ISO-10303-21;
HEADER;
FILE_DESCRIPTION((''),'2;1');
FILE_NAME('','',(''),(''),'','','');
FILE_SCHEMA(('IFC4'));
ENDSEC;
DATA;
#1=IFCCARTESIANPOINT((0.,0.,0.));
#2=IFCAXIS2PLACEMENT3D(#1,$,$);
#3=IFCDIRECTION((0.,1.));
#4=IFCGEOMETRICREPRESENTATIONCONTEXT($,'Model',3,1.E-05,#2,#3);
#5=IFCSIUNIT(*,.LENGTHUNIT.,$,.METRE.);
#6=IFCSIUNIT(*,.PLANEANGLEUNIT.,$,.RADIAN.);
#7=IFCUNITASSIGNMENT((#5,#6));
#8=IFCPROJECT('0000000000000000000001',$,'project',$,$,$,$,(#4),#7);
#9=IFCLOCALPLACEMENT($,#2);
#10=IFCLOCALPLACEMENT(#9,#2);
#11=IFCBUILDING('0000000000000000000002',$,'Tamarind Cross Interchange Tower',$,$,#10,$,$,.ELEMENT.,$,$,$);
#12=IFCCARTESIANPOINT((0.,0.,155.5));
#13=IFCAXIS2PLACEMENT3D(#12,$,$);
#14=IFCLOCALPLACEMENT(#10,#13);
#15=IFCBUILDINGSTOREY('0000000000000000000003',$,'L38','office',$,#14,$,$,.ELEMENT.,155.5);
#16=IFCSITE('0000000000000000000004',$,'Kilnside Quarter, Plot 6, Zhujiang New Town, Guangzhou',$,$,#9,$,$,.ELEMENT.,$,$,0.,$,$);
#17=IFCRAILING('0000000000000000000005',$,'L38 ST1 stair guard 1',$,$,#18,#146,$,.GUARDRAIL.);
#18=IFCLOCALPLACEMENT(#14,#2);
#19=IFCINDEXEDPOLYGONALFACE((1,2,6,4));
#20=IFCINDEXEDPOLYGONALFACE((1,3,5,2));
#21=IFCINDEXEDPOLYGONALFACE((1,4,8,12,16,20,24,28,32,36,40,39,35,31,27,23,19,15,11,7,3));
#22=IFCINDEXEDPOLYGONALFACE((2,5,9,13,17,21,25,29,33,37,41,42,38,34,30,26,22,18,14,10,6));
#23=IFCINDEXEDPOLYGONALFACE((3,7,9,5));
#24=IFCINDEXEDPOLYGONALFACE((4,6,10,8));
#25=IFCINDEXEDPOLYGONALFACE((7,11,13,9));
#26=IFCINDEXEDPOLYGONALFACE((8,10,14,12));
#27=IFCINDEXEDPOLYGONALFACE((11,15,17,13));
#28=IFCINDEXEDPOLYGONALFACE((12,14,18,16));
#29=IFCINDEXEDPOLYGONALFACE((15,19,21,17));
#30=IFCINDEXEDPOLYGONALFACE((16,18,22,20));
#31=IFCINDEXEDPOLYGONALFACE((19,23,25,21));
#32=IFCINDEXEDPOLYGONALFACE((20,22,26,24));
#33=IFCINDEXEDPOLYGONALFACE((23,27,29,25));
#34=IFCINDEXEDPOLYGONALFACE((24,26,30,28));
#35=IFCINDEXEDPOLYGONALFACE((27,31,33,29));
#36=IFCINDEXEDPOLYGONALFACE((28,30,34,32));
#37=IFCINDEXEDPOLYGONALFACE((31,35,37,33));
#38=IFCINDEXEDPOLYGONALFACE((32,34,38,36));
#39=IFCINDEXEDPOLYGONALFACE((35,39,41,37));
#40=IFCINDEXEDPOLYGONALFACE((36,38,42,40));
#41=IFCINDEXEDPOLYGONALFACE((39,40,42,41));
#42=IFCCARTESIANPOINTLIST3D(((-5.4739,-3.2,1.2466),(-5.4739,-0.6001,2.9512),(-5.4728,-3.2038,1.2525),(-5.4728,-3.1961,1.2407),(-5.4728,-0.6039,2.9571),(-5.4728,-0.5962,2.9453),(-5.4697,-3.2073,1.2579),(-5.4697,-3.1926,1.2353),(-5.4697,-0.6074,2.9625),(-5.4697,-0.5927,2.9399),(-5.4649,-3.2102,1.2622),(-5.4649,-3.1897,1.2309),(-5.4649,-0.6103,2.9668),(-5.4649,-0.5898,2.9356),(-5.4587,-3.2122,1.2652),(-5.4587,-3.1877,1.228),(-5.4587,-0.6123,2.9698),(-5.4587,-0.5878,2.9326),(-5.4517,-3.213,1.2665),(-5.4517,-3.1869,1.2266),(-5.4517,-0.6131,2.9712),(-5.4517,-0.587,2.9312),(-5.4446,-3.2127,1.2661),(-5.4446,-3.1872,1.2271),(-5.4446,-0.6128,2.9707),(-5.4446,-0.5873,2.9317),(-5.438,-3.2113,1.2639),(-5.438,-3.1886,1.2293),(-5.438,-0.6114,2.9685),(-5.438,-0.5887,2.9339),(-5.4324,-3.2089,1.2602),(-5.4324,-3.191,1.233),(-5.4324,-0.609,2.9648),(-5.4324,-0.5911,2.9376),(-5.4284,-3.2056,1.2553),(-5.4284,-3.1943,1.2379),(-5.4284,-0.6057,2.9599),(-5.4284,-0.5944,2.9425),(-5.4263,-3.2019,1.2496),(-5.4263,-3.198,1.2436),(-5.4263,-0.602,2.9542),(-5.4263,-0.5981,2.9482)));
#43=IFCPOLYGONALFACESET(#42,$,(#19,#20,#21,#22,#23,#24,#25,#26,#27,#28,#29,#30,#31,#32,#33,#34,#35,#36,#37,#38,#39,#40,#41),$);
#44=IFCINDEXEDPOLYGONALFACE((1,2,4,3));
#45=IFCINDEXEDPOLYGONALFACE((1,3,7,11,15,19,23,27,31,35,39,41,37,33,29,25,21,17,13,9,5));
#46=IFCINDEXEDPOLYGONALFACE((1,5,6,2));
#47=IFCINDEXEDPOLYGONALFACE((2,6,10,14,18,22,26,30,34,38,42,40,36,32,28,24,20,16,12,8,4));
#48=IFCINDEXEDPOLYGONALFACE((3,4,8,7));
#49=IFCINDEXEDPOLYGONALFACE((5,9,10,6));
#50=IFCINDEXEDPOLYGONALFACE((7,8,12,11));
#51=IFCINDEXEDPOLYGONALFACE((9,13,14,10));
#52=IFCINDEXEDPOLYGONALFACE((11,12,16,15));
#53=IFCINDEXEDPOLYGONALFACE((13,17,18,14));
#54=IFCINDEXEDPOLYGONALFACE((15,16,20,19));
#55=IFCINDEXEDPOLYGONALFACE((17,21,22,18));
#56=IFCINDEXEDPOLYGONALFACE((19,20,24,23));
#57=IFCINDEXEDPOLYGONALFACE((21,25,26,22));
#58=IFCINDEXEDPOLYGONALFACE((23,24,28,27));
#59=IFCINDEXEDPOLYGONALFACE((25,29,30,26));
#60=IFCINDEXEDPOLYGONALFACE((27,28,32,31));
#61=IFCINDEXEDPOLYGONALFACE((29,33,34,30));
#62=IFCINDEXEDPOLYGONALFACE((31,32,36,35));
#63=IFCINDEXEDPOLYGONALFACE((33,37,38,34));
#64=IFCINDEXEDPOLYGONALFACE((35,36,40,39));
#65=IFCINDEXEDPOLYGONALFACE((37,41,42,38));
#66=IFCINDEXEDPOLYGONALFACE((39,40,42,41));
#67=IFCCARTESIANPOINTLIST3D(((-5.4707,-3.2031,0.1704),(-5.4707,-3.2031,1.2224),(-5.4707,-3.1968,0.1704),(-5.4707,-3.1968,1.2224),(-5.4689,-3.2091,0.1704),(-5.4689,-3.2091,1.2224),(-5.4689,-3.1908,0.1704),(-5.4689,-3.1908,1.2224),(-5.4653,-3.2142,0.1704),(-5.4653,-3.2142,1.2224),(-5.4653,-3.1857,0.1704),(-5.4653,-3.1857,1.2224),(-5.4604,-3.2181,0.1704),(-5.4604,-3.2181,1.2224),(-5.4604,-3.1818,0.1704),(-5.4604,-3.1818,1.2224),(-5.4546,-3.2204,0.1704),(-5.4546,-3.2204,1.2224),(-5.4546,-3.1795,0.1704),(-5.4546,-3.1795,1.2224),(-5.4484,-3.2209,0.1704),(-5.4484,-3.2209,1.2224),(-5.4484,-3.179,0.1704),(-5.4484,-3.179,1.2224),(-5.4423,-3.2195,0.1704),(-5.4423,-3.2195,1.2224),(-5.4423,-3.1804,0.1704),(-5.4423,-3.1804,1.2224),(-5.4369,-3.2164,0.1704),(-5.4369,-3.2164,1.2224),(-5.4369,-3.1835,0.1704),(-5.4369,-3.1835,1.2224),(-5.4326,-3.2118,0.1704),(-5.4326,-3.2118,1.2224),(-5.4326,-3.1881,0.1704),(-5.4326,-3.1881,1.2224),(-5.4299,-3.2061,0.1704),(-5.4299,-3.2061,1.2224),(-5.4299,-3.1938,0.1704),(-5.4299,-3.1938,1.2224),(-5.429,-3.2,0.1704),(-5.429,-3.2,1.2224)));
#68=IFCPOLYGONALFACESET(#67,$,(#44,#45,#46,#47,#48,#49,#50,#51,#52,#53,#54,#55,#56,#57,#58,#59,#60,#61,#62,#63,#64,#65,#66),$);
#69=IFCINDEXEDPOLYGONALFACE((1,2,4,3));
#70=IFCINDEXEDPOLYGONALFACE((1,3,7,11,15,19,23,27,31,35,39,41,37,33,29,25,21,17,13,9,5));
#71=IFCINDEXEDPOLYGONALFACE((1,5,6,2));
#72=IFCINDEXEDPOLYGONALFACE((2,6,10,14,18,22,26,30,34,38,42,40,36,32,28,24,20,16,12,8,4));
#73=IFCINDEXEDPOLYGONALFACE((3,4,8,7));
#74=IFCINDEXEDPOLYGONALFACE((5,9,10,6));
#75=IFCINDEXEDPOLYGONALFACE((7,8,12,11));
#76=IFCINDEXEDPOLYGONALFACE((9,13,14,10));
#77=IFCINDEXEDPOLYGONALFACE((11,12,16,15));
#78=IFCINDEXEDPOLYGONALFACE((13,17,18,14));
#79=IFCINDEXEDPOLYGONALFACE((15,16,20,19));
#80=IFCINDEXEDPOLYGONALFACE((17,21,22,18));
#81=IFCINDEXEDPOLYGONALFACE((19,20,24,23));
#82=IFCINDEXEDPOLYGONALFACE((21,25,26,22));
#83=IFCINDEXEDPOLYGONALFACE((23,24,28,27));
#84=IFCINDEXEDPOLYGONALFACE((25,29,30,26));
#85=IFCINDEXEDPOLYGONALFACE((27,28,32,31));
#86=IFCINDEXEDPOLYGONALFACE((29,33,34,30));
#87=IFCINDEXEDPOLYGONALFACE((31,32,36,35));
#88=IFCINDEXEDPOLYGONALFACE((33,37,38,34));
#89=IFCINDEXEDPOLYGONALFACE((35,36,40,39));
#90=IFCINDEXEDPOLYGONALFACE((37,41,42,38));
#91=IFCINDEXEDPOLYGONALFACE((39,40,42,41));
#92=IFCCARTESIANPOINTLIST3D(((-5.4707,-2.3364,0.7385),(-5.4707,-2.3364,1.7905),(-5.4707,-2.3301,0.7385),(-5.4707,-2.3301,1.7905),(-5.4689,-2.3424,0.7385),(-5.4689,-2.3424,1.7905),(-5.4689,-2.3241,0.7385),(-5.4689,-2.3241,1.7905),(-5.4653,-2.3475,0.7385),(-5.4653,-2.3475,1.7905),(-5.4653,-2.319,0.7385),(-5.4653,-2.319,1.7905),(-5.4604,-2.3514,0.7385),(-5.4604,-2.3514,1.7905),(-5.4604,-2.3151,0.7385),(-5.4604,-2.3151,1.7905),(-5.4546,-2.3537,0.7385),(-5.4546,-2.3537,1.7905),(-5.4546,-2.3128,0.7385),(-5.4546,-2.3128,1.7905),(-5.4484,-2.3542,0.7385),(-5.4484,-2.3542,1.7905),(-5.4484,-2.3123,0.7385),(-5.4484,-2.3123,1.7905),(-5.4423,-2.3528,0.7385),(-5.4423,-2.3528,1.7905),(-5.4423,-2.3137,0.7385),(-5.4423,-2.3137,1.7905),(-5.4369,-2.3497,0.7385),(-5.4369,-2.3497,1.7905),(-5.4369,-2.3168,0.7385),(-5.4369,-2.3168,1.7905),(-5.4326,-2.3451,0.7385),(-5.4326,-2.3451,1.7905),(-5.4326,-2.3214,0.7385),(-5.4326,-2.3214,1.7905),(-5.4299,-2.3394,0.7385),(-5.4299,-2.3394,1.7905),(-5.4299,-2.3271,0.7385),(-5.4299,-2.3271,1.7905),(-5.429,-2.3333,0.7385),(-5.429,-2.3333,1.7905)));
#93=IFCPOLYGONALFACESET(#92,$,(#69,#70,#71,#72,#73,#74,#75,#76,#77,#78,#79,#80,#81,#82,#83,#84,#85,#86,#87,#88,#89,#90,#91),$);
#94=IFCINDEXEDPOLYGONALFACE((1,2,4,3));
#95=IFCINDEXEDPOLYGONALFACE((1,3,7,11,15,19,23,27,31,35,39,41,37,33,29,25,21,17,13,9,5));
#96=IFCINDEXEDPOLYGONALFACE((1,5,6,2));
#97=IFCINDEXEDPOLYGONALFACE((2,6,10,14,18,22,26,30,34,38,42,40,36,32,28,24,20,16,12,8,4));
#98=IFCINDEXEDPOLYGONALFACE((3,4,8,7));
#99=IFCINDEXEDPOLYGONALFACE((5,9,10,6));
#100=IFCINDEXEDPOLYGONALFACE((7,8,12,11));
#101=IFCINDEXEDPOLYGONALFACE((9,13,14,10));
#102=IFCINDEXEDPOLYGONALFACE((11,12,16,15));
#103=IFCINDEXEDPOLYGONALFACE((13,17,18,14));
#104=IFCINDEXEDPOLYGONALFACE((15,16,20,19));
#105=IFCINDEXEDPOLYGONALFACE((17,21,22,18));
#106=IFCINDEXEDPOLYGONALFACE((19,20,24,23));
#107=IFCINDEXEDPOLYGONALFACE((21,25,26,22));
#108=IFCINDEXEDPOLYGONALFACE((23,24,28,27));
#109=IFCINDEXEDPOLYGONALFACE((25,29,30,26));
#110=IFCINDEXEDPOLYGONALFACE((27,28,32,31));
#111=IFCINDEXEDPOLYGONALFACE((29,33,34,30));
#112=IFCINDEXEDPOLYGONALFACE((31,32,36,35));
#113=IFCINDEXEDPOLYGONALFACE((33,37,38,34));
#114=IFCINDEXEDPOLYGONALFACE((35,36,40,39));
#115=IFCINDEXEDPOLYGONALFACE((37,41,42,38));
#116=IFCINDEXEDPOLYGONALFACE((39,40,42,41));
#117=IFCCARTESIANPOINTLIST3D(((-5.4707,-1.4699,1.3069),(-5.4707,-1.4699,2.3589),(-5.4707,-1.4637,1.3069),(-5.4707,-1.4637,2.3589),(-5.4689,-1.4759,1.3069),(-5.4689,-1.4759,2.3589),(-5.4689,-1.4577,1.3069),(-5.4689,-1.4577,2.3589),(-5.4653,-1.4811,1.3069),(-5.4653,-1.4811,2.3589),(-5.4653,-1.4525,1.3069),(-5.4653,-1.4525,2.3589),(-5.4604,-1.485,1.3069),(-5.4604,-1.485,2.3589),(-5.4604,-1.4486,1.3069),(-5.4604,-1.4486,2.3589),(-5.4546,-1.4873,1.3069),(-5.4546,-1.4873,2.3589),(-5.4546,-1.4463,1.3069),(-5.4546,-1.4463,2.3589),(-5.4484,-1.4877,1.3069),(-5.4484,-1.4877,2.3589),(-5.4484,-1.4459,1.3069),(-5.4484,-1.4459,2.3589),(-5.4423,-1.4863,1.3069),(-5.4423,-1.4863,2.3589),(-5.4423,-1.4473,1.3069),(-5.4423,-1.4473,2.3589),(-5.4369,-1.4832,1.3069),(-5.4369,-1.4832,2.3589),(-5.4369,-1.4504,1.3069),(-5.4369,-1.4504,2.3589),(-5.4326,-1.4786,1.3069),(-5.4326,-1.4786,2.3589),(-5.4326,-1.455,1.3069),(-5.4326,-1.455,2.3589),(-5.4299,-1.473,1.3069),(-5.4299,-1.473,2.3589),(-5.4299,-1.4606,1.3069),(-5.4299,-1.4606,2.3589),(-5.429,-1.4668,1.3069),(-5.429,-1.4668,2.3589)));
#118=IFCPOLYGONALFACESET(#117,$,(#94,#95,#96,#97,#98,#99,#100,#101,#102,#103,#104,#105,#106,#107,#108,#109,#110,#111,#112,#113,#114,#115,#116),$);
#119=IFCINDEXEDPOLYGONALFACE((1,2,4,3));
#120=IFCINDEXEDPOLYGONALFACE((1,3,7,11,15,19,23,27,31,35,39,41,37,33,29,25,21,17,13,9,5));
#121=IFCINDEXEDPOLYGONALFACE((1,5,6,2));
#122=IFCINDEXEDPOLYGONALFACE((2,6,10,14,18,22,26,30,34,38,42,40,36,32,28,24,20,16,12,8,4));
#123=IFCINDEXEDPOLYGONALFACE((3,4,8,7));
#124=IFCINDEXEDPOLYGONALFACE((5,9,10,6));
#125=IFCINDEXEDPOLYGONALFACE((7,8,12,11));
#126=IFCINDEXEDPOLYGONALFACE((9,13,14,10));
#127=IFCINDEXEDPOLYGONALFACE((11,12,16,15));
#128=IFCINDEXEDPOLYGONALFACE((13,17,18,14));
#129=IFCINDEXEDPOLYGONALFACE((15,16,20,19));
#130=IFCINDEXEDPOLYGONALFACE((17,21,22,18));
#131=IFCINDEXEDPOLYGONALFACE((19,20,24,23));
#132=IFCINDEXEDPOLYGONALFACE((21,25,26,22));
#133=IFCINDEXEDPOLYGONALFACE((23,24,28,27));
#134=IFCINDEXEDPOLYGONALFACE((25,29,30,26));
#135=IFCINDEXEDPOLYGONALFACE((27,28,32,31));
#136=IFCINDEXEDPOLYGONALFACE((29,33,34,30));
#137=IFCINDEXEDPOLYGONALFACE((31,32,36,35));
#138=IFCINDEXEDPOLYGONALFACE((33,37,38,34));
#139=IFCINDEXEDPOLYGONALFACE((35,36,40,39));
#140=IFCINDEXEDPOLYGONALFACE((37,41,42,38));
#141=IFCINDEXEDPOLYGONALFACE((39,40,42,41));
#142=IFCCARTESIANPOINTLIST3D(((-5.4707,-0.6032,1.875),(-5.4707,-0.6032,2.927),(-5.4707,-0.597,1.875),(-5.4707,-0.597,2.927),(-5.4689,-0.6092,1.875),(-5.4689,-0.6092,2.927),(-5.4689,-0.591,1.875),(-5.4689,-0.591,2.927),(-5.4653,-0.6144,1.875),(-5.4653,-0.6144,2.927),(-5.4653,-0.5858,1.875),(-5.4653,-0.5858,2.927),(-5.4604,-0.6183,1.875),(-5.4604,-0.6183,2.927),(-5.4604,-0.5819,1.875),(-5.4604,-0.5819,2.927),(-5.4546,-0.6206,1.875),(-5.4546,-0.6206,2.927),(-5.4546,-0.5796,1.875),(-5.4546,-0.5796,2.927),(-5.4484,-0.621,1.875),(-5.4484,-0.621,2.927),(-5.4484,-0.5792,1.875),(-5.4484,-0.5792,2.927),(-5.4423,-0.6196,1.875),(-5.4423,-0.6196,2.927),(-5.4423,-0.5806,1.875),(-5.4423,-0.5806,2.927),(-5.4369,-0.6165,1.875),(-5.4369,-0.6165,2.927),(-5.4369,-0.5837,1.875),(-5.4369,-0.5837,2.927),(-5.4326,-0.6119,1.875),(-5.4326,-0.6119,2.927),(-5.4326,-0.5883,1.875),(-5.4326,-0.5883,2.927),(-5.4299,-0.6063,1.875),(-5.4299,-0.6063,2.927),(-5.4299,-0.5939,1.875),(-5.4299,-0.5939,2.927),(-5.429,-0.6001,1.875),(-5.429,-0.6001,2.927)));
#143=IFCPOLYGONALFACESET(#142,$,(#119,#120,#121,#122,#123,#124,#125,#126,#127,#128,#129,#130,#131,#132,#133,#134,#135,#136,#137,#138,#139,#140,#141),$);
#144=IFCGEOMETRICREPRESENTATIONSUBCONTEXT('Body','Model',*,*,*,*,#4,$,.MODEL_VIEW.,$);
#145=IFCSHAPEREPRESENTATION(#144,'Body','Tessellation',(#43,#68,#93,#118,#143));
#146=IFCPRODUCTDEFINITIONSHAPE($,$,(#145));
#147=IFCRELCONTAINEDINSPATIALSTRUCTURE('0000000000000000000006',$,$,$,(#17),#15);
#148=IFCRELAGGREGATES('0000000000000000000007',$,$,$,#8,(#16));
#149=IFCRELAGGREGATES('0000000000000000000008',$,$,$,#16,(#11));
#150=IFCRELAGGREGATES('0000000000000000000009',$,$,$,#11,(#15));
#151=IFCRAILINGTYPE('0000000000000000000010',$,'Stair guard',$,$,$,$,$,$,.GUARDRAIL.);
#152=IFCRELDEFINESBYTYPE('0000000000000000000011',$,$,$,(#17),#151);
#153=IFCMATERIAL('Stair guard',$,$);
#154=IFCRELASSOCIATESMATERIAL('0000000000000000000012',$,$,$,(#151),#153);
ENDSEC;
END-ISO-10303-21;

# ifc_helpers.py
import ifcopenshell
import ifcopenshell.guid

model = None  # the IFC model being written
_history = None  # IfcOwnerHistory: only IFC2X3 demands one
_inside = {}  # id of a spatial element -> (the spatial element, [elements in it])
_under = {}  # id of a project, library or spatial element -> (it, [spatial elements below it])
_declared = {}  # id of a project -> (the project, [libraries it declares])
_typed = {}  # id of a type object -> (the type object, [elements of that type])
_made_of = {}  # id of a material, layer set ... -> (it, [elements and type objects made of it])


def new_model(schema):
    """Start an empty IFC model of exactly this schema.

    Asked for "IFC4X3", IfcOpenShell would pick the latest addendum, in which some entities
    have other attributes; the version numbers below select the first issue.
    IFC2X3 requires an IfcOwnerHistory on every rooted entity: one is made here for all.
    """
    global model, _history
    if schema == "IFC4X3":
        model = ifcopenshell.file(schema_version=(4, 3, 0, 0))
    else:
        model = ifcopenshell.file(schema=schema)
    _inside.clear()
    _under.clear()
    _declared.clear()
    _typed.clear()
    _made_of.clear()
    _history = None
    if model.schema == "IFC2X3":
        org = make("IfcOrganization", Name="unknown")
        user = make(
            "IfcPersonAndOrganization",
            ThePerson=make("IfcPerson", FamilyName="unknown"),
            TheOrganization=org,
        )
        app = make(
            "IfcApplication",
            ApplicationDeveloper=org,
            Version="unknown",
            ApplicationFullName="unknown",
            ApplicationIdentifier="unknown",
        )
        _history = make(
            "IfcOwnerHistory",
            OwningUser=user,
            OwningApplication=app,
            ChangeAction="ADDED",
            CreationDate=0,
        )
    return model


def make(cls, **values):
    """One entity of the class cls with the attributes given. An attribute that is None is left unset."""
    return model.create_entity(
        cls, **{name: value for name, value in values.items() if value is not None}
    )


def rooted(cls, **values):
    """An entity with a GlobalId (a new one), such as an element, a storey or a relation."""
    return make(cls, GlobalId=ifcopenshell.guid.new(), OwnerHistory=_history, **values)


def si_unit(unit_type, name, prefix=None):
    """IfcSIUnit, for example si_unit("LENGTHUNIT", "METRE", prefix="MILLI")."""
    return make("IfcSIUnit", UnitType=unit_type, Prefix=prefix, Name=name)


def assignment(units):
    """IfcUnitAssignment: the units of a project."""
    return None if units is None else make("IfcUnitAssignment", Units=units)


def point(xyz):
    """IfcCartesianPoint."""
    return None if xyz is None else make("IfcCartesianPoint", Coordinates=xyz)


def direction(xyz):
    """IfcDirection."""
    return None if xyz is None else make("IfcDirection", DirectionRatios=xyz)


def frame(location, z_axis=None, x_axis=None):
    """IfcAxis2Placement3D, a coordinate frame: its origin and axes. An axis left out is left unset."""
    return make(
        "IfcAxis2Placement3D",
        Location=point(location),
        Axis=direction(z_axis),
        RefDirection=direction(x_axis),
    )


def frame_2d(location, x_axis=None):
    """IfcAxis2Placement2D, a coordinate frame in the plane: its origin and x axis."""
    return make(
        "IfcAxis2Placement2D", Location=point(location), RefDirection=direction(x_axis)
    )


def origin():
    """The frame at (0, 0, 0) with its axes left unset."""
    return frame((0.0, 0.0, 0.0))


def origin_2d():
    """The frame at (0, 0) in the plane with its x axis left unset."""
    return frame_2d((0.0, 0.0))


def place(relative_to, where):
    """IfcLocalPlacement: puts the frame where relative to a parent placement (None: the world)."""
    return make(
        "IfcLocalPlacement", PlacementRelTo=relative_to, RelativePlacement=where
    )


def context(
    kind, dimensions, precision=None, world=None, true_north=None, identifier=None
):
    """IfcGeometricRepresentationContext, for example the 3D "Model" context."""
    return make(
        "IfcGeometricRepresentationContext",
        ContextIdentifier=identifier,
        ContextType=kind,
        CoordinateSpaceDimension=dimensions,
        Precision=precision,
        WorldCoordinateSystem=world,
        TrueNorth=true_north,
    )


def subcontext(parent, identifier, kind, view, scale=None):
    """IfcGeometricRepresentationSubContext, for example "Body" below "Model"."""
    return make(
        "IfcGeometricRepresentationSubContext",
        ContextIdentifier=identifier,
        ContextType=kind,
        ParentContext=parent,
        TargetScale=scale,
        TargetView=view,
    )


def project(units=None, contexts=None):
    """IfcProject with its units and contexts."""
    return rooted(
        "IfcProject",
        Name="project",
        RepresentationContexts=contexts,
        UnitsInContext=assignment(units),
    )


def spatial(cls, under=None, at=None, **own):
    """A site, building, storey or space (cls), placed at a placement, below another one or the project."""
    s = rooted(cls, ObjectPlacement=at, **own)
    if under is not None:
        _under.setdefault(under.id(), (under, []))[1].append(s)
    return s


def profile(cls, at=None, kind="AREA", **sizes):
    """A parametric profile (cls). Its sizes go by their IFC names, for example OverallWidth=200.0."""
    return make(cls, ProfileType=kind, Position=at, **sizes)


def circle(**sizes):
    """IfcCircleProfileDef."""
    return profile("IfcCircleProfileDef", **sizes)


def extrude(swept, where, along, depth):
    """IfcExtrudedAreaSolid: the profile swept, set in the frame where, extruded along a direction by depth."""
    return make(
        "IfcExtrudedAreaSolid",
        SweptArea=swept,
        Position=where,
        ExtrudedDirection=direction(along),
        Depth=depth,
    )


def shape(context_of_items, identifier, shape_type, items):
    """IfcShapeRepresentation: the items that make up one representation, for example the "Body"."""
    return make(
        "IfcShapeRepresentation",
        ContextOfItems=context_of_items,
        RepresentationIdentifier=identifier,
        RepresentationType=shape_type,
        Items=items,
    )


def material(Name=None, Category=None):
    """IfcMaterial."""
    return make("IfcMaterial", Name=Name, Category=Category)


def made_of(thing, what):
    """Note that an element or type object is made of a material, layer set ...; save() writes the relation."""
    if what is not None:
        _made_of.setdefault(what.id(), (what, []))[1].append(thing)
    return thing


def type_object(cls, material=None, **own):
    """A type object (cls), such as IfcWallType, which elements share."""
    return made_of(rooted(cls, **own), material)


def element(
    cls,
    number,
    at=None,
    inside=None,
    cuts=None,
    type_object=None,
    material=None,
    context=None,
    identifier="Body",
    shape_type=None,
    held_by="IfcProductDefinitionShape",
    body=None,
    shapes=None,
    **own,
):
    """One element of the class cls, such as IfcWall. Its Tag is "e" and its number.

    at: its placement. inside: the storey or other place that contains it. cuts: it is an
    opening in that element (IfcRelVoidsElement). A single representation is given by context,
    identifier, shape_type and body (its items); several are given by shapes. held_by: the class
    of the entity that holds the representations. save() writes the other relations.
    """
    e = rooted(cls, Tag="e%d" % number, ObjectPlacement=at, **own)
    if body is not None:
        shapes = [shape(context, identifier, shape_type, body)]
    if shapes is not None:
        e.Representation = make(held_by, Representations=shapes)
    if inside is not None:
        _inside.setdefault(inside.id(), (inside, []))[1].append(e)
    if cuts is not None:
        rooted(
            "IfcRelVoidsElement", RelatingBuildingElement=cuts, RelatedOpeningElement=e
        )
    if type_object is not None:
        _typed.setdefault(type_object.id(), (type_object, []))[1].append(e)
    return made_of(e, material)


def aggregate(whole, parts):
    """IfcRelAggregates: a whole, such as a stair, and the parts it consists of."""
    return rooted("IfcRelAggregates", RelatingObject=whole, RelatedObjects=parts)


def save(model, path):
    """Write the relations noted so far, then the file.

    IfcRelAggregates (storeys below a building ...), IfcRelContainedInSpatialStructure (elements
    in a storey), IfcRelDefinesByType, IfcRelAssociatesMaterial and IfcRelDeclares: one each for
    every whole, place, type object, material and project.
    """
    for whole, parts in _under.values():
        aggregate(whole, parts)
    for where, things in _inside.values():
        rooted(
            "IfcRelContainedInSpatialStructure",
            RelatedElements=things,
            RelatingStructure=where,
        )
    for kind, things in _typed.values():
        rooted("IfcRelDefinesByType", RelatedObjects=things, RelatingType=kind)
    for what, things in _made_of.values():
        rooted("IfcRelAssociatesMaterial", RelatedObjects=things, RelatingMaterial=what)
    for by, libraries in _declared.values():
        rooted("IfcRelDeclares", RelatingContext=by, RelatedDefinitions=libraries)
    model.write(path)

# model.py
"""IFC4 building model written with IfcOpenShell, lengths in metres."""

from ifc_helpers import new_model, si_unit, direction, frame, origin, origin_2d, place, context, subcontext, project, spatial, circle, extrude, material, type_object, element, save


model = new_model("IFC4")

# Units and contexts
model_context = context("Model", 3, precision=1e-05, world=origin(), true_north=direction((0.0, 1.0)))
body_context = subcontext(model_context, "Body", "Model", "MODEL_VIEW")
ifc_project = project(units=[si_unit("LENGTHUNIT", "METRE"), si_unit("PLANEANGLEUNIT", "RADIAN")], contexts=[model_context])

# Site, building, storey
site_placement = place(None, origin())
site = spatial("IfcSite", under=ifc_project, at=site_placement, Name="Kilnside Quarter, Plot 6, Zhujiang New Town, Guangzhou", CompositionType="ELEMENT", RefElevation=0.0)
building_placement = place(site_placement, origin())
building = spatial("IfcBuilding", under=site, at=building_placement, Name="Tamarind Cross Interchange Tower", CompositionType="ELEMENT")
storey_placement = place(building_placement, frame((0.0, 0.0, 155.5)))
storey = spatial("IfcBuildingStorey", under=building, at=storey_placement, Name="L38", Description="office", CompositionType="ELEMENT", Elevation=155.5)

# Railing
ifc_material_1 = material(Name="Stair guard")
railing_type_1 = type_object("IfcRailingType", Name="Stair guard", PredefinedType="GUARDRAIL", material=ifc_material_1)
railing_1_placement = place(storey_placement, frame((-5.45, -3.2, 0.1704)))
element("IfcRailing", 1, at=railing_1_placement, inside=storey, type_object=railing_type_1, Name="L38 ST1 stair guard 1", PredefinedType="GUARDRAIL", context=body_context, shape_type="SweptSolid", body=[
    extrude(circle(Radius=0.0239, at=origin_2d()), frame((0.0, 0.0, 1.0762), z_axis=(0.0, 0.836279, 0.548305), x_axis=(-1.0, 0.0, 0.0)), (0.0, 0.0, 1.0), 3.1089),
    extrude(circle(Radius=0.021, at=origin_2d()), origin(), (0.0, 0.0, 1.0), 1.052),
    extrude(circle(Radius=0.021, at=origin_2d()), frame((0.0, 0.8667, 0.5681)), (0.0, 0.0, 1.0), 1.052),
    extrude(circle(Radius=0.021, at=origin_2d()), frame((0.0, 1.7332, 1.1365)), (0.0, 0.0, 1.0), 1.052),
    extrude(circle(Radius=0.021, at=origin_2d()), frame((0.0, 2.5999, 1.7046)), (0.0, 0.0, 1.0), 1.052),
])

save(model, "model.ifc")
